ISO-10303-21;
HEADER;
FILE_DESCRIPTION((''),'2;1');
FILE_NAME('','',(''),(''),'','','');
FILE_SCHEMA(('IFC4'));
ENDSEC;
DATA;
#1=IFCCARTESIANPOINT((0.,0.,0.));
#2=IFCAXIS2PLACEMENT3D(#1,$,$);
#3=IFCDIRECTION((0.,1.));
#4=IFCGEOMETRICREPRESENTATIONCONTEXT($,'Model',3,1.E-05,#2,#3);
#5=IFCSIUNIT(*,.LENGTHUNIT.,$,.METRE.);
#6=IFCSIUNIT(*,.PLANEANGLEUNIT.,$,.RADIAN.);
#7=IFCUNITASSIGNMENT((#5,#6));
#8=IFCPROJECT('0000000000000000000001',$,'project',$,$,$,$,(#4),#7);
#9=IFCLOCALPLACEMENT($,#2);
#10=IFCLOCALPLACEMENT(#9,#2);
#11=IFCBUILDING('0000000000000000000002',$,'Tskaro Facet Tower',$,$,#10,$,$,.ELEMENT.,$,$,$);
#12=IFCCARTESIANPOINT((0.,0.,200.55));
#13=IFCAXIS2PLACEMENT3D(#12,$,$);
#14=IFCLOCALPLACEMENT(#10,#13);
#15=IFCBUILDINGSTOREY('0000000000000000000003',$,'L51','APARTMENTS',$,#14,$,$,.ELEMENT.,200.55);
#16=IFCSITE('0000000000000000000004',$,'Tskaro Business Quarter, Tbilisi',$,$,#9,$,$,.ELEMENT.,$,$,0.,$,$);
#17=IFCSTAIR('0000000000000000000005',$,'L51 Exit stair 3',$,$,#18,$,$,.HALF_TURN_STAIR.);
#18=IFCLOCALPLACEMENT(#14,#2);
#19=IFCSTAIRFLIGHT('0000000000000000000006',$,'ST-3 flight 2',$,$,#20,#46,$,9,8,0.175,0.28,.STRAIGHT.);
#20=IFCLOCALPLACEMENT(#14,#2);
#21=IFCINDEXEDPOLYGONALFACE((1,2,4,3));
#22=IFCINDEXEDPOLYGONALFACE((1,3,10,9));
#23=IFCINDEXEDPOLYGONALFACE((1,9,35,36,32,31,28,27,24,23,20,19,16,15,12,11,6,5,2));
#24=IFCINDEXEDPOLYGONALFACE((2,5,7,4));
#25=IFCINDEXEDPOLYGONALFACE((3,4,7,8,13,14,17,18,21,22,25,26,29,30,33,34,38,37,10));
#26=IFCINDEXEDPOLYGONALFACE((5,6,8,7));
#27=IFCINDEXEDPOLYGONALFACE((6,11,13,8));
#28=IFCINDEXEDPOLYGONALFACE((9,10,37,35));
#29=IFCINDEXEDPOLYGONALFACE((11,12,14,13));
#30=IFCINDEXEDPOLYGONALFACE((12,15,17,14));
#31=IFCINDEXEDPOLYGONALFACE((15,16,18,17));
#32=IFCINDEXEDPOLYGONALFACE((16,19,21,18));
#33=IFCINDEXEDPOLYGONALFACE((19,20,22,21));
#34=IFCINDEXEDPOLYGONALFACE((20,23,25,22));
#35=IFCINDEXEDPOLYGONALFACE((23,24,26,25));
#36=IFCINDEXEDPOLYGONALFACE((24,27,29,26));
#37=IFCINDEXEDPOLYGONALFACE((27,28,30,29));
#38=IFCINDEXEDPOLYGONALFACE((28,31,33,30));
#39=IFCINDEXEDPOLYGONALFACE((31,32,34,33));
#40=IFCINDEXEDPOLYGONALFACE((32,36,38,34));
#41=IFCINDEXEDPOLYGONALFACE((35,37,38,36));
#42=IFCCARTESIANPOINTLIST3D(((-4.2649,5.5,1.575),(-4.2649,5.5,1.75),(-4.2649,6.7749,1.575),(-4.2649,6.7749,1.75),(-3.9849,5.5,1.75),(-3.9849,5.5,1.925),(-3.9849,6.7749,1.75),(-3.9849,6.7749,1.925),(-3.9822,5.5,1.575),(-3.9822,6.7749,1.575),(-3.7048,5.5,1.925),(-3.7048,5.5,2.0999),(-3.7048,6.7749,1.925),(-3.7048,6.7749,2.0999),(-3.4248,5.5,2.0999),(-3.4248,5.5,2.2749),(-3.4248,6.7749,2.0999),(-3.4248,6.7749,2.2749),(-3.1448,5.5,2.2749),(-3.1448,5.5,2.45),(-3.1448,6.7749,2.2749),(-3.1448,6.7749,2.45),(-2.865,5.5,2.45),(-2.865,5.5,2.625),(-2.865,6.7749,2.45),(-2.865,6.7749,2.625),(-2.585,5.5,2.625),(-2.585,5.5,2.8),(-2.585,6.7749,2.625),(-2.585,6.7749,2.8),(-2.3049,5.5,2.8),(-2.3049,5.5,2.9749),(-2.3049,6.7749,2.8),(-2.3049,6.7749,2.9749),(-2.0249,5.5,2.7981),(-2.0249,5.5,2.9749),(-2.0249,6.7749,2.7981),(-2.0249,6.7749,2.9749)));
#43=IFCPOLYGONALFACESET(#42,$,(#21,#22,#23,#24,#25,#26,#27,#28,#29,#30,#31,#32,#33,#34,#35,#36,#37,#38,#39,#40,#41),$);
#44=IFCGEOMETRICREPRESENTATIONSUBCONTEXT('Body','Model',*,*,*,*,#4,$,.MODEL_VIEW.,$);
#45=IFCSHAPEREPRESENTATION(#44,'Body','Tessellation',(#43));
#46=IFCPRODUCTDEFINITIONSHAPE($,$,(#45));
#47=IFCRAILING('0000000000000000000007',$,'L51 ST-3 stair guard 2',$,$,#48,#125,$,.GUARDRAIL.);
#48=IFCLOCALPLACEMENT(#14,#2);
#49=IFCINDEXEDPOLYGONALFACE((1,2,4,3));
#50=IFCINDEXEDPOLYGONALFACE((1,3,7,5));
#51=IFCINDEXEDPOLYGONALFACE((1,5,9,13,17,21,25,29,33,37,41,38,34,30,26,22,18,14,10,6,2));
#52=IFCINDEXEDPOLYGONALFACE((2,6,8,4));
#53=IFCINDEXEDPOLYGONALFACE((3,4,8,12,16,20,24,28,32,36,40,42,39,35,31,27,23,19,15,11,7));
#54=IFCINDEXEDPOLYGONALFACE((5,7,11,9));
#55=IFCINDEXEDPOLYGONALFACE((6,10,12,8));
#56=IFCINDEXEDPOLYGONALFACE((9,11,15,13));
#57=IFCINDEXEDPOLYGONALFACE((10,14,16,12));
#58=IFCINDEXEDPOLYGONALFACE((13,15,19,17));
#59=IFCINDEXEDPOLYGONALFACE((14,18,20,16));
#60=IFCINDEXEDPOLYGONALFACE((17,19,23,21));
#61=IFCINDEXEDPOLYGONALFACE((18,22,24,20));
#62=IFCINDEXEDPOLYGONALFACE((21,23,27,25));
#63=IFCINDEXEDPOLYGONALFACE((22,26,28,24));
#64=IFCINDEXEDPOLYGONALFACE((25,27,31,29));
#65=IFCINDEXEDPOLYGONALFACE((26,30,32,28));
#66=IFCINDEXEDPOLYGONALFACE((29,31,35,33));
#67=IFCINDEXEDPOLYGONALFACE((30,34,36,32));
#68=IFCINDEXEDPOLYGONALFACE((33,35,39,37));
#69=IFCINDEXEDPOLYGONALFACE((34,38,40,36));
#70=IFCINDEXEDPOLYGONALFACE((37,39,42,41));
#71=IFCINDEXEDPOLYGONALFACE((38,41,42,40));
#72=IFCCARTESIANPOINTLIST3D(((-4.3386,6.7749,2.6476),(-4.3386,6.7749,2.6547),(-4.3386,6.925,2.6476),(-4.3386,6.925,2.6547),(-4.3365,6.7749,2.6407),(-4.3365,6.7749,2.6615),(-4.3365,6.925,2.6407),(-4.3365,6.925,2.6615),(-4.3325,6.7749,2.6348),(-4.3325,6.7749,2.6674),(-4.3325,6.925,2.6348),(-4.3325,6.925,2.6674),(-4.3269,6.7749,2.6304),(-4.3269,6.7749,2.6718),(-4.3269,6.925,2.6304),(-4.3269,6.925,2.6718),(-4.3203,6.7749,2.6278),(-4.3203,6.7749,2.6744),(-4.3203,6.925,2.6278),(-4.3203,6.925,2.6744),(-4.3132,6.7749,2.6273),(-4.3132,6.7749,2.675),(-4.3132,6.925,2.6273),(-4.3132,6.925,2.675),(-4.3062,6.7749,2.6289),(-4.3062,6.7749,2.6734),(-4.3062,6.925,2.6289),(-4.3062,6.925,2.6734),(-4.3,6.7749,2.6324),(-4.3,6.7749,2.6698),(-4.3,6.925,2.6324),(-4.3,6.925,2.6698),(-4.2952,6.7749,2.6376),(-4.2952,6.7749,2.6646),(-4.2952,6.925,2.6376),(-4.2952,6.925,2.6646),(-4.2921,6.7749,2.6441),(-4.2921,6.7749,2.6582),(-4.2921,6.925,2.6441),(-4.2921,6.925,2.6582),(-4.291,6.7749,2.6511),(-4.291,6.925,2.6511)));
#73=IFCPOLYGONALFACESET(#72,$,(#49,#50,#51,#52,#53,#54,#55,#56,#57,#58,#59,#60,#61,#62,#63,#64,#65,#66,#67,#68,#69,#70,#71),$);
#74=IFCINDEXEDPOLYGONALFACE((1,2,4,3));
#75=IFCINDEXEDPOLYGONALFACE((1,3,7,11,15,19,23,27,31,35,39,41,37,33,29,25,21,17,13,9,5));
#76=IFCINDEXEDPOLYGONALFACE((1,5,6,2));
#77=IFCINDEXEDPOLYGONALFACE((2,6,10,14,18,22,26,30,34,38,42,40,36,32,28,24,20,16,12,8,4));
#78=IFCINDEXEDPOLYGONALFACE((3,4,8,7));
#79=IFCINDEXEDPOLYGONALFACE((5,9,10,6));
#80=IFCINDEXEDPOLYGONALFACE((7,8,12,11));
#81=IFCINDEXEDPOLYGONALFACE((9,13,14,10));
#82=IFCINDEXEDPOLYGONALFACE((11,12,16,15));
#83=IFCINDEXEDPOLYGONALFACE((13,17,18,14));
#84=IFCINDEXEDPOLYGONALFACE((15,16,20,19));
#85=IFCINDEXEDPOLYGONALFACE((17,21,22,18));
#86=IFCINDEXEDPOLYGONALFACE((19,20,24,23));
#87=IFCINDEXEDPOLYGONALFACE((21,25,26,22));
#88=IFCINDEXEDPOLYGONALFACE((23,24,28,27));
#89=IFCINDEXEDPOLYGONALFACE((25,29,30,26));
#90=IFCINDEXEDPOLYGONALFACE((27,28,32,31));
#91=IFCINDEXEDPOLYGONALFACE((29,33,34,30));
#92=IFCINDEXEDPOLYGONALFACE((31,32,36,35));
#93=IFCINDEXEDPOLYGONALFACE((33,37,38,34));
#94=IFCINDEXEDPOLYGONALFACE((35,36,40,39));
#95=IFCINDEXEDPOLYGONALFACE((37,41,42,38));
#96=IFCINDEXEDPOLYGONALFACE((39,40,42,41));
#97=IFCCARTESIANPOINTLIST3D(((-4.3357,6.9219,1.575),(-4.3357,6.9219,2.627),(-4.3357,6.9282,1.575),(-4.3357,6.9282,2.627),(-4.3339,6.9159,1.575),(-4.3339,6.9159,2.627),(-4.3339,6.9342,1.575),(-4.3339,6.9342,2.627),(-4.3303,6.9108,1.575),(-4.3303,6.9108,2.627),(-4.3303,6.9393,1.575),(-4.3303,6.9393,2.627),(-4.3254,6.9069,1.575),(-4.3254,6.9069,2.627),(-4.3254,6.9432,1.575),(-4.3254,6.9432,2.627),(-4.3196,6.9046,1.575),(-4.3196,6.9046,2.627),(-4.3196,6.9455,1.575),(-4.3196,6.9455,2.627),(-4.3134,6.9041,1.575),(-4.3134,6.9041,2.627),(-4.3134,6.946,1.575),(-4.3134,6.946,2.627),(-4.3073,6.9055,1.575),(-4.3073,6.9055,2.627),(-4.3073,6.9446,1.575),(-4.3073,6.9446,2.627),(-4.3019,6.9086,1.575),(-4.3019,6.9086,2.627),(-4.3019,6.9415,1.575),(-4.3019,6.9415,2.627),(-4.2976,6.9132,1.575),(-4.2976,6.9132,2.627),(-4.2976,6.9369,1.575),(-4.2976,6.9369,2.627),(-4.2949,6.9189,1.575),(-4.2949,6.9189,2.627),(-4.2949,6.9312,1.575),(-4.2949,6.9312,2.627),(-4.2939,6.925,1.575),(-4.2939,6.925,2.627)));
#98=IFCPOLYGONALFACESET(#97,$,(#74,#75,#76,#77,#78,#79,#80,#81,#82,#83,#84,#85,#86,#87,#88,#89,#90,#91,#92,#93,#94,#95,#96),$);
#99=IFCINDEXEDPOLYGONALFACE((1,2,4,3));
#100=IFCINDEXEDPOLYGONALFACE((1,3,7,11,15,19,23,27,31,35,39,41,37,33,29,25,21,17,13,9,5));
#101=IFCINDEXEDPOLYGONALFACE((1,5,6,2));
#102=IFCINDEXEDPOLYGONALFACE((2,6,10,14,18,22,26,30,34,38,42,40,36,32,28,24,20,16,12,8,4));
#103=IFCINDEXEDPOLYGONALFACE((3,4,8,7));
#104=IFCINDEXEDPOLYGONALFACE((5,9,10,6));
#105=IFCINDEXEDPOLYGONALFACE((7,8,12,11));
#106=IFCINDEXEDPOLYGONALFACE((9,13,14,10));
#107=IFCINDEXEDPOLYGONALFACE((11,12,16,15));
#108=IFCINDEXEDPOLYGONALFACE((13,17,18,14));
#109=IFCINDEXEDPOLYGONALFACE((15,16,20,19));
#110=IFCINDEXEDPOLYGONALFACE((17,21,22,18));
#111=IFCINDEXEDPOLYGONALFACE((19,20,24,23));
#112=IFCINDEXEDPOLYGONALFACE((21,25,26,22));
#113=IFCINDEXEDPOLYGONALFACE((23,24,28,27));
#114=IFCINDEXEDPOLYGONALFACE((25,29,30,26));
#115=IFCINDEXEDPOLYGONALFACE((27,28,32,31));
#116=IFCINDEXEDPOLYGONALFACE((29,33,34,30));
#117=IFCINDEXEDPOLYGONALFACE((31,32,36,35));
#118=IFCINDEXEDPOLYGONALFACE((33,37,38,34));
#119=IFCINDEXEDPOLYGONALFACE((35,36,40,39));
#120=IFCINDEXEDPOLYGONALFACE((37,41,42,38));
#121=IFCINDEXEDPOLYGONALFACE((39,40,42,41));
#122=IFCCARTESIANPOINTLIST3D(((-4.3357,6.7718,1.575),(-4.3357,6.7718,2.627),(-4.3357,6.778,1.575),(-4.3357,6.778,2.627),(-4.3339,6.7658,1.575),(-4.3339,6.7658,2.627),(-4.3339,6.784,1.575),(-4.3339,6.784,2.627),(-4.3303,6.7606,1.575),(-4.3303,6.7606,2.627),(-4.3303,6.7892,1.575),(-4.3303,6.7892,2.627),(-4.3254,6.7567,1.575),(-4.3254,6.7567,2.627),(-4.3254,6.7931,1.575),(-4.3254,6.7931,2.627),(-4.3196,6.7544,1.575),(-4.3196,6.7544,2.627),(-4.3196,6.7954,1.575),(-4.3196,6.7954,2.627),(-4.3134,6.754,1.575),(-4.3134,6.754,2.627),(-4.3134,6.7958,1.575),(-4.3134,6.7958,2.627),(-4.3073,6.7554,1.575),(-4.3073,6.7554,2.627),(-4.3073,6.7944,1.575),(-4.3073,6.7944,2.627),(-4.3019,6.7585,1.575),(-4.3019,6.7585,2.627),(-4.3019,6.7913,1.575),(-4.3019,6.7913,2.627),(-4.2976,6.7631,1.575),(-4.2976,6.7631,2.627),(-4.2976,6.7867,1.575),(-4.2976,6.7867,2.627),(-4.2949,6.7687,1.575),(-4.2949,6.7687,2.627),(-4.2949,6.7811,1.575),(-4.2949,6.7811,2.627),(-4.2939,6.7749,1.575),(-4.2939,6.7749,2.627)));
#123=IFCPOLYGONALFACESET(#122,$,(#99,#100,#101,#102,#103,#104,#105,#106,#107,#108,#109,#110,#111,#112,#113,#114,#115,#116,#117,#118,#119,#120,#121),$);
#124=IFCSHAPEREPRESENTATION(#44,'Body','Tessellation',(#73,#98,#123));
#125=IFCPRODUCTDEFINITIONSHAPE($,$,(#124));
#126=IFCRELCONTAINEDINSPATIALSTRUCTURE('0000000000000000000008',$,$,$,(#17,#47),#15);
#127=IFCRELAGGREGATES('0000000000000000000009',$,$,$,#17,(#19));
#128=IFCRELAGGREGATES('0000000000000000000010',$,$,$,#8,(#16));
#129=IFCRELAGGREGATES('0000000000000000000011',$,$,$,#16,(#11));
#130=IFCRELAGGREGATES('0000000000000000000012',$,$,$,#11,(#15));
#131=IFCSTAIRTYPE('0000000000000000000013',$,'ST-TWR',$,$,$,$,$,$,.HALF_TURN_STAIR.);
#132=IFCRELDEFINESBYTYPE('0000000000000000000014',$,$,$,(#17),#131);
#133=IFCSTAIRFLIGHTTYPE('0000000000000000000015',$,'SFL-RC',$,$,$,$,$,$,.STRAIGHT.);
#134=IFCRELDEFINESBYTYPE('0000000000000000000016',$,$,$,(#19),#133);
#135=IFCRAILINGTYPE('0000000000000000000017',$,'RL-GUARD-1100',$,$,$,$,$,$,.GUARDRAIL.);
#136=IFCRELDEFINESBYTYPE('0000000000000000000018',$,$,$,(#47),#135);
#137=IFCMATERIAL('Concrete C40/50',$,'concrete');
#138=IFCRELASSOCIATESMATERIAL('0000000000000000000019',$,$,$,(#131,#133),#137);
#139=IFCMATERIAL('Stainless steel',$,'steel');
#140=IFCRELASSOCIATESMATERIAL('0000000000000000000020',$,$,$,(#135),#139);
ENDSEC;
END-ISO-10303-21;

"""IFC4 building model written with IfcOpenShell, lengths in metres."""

from ifc_helpers import new_model, si_unit, direction, frame, origin, origin_2d, place, context, subcontext, project, spatial, polyline, circle, outline, extrude, material, type_object, element, aggregate, save


model = new_model("IFC4")

# Units and contexts
model_context = context("Model", 3, precision=1e-05, world=origin(), true_north=direction((0.0, 1.0)))
body_context = subcontext(model_context, "Body", "Model", "MODEL_VIEW")
ifc_project = project(units=[si_unit("LENGTHUNIT", "METRE"), si_unit("PLANEANGLEUNIT", "RADIAN")], contexts=[model_context])

# Site, building, storey
site_placement = place(None, origin())
site = spatial("IfcSite", under=ifc_project, at=site_placement, Name="Tskaro Business Quarter, Tbilisi", CompositionType="ELEMENT", RefElevation=0.0)
building_placement = place(site_placement, origin())
building = spatial("IfcBuilding", under=site, at=building_placement, Name="Tskaro Facet Tower", CompositionType="ELEMENT")
storey_placement = place(building_placement, frame((0.0, 0.0, 200.55)))
storey = spatial("IfcBuildingStorey", under=building, at=storey_placement, Name="L51", Description="APARTMENTS", CompositionType="ELEMENT", Elevation=200.55)

# Shared definitions
ifc_material_1 = material(Name="Concrete C40/50", Category="concrete")

# Stair, stair flight
stair_type = type_object("IfcStairType", Name="ST-TWR", PredefinedType="HALF_TURN_STAIR", material=ifc_material_1)
stair_placement = place(storey_placement, origin())
stair = element("IfcStair", 1, at=stair_placement, inside=storey, type_object=stair_type, Name="L51 Exit stair 3", PredefinedType="HALF_TURN_STAIR")
stair_flight_type = type_object("IfcStairFlightType", Name="SFL-RC", PredefinedType="STRAIGHT", material=ifc_material_1)
stair_flight_placement = place(storey_placement, frame((-4.2649, 6.1375, 1.575), z_axis=(0.0, 0.0, 1.0), x_axis=(1.0, 0.0, 0.0)))
stair_flight = element("IfcStairFlight", 2, at=stair_flight_placement, type_object=stair_flight_type, Name="ST-3 flight 2", NumberOfRisers=9, NumberOfTreads=8, PredefinedType="STRAIGHT", RiserHeight=0.175, TreadLength=0.28, context=body_context, shape_type="SweptSolid", body=[
    extrude(outline(polyline([(0.0, 0.0), (0.0, 0.175), (0.28, 0.175), (0.28, 0.3501), (0.5601, 0.3501), (0.5601, 0.5249), (0.8401, 0.5249), (0.8401, 0.7), (1.1201, 0.7), (1.1201, 0.875), (1.3999, 0.875), (1.3999, 1.05), (1.6799, 1.05), (1.6799, 1.2251), (1.96, 1.2251), (1.96, 1.3999), (2.24, 1.3999), (2.24, 1.575), (2.24, 1.2231), (0.2827, 0.0), (0.0, 0.0)])), frame((0.0, 0.6375, 0.0), z_axis=(0.0, -1.0, 0.0), x_axis=(1.0, 0.0, 0.0)), (0.0, 0.0, 1.0), 1.2749),
])
aggregate(stair, [stair_flight])

# Railing
ifc_material_2 = material(Name="Stainless steel", Category="steel")
railing_type_1 = type_object("IfcRailingType", Name="RL-GUARD-1100", PredefinedType="GUARDRAIL", material=ifc_material_2)
railing_1_placement = place(storey_placement, frame((-4.3149, 6.925, 1.575)))
element("IfcRailing", 3, at=railing_1_placement, inside=storey, type_object=railing_type_1, Name="L51 ST-3 stair guard 2", PredefinedType="GUARDRAIL", context=body_context, shape_type="SweptSolid", body=[
    extrude(circle(Radius=0.0239, at=origin_2d()), frame((0.0, 0.0, 1.0762), z_axis=(0.0, -1.0, 0.0), x_axis=(1.0, 0.0, 0.0)), (0.0, 0.0, 1.0), 0.1501),
    extrude(circle(Radius=0.021, at=origin_2d()), origin(), (0.0, 0.0, 1.0), 1.052),
    extrude(circle(Radius=0.021, at=origin_2d()), frame((0.0, -0.1501, 0.0)), (0.0, 0.0, 1.0), 1.052),
])

save(model, "model.ifc")
